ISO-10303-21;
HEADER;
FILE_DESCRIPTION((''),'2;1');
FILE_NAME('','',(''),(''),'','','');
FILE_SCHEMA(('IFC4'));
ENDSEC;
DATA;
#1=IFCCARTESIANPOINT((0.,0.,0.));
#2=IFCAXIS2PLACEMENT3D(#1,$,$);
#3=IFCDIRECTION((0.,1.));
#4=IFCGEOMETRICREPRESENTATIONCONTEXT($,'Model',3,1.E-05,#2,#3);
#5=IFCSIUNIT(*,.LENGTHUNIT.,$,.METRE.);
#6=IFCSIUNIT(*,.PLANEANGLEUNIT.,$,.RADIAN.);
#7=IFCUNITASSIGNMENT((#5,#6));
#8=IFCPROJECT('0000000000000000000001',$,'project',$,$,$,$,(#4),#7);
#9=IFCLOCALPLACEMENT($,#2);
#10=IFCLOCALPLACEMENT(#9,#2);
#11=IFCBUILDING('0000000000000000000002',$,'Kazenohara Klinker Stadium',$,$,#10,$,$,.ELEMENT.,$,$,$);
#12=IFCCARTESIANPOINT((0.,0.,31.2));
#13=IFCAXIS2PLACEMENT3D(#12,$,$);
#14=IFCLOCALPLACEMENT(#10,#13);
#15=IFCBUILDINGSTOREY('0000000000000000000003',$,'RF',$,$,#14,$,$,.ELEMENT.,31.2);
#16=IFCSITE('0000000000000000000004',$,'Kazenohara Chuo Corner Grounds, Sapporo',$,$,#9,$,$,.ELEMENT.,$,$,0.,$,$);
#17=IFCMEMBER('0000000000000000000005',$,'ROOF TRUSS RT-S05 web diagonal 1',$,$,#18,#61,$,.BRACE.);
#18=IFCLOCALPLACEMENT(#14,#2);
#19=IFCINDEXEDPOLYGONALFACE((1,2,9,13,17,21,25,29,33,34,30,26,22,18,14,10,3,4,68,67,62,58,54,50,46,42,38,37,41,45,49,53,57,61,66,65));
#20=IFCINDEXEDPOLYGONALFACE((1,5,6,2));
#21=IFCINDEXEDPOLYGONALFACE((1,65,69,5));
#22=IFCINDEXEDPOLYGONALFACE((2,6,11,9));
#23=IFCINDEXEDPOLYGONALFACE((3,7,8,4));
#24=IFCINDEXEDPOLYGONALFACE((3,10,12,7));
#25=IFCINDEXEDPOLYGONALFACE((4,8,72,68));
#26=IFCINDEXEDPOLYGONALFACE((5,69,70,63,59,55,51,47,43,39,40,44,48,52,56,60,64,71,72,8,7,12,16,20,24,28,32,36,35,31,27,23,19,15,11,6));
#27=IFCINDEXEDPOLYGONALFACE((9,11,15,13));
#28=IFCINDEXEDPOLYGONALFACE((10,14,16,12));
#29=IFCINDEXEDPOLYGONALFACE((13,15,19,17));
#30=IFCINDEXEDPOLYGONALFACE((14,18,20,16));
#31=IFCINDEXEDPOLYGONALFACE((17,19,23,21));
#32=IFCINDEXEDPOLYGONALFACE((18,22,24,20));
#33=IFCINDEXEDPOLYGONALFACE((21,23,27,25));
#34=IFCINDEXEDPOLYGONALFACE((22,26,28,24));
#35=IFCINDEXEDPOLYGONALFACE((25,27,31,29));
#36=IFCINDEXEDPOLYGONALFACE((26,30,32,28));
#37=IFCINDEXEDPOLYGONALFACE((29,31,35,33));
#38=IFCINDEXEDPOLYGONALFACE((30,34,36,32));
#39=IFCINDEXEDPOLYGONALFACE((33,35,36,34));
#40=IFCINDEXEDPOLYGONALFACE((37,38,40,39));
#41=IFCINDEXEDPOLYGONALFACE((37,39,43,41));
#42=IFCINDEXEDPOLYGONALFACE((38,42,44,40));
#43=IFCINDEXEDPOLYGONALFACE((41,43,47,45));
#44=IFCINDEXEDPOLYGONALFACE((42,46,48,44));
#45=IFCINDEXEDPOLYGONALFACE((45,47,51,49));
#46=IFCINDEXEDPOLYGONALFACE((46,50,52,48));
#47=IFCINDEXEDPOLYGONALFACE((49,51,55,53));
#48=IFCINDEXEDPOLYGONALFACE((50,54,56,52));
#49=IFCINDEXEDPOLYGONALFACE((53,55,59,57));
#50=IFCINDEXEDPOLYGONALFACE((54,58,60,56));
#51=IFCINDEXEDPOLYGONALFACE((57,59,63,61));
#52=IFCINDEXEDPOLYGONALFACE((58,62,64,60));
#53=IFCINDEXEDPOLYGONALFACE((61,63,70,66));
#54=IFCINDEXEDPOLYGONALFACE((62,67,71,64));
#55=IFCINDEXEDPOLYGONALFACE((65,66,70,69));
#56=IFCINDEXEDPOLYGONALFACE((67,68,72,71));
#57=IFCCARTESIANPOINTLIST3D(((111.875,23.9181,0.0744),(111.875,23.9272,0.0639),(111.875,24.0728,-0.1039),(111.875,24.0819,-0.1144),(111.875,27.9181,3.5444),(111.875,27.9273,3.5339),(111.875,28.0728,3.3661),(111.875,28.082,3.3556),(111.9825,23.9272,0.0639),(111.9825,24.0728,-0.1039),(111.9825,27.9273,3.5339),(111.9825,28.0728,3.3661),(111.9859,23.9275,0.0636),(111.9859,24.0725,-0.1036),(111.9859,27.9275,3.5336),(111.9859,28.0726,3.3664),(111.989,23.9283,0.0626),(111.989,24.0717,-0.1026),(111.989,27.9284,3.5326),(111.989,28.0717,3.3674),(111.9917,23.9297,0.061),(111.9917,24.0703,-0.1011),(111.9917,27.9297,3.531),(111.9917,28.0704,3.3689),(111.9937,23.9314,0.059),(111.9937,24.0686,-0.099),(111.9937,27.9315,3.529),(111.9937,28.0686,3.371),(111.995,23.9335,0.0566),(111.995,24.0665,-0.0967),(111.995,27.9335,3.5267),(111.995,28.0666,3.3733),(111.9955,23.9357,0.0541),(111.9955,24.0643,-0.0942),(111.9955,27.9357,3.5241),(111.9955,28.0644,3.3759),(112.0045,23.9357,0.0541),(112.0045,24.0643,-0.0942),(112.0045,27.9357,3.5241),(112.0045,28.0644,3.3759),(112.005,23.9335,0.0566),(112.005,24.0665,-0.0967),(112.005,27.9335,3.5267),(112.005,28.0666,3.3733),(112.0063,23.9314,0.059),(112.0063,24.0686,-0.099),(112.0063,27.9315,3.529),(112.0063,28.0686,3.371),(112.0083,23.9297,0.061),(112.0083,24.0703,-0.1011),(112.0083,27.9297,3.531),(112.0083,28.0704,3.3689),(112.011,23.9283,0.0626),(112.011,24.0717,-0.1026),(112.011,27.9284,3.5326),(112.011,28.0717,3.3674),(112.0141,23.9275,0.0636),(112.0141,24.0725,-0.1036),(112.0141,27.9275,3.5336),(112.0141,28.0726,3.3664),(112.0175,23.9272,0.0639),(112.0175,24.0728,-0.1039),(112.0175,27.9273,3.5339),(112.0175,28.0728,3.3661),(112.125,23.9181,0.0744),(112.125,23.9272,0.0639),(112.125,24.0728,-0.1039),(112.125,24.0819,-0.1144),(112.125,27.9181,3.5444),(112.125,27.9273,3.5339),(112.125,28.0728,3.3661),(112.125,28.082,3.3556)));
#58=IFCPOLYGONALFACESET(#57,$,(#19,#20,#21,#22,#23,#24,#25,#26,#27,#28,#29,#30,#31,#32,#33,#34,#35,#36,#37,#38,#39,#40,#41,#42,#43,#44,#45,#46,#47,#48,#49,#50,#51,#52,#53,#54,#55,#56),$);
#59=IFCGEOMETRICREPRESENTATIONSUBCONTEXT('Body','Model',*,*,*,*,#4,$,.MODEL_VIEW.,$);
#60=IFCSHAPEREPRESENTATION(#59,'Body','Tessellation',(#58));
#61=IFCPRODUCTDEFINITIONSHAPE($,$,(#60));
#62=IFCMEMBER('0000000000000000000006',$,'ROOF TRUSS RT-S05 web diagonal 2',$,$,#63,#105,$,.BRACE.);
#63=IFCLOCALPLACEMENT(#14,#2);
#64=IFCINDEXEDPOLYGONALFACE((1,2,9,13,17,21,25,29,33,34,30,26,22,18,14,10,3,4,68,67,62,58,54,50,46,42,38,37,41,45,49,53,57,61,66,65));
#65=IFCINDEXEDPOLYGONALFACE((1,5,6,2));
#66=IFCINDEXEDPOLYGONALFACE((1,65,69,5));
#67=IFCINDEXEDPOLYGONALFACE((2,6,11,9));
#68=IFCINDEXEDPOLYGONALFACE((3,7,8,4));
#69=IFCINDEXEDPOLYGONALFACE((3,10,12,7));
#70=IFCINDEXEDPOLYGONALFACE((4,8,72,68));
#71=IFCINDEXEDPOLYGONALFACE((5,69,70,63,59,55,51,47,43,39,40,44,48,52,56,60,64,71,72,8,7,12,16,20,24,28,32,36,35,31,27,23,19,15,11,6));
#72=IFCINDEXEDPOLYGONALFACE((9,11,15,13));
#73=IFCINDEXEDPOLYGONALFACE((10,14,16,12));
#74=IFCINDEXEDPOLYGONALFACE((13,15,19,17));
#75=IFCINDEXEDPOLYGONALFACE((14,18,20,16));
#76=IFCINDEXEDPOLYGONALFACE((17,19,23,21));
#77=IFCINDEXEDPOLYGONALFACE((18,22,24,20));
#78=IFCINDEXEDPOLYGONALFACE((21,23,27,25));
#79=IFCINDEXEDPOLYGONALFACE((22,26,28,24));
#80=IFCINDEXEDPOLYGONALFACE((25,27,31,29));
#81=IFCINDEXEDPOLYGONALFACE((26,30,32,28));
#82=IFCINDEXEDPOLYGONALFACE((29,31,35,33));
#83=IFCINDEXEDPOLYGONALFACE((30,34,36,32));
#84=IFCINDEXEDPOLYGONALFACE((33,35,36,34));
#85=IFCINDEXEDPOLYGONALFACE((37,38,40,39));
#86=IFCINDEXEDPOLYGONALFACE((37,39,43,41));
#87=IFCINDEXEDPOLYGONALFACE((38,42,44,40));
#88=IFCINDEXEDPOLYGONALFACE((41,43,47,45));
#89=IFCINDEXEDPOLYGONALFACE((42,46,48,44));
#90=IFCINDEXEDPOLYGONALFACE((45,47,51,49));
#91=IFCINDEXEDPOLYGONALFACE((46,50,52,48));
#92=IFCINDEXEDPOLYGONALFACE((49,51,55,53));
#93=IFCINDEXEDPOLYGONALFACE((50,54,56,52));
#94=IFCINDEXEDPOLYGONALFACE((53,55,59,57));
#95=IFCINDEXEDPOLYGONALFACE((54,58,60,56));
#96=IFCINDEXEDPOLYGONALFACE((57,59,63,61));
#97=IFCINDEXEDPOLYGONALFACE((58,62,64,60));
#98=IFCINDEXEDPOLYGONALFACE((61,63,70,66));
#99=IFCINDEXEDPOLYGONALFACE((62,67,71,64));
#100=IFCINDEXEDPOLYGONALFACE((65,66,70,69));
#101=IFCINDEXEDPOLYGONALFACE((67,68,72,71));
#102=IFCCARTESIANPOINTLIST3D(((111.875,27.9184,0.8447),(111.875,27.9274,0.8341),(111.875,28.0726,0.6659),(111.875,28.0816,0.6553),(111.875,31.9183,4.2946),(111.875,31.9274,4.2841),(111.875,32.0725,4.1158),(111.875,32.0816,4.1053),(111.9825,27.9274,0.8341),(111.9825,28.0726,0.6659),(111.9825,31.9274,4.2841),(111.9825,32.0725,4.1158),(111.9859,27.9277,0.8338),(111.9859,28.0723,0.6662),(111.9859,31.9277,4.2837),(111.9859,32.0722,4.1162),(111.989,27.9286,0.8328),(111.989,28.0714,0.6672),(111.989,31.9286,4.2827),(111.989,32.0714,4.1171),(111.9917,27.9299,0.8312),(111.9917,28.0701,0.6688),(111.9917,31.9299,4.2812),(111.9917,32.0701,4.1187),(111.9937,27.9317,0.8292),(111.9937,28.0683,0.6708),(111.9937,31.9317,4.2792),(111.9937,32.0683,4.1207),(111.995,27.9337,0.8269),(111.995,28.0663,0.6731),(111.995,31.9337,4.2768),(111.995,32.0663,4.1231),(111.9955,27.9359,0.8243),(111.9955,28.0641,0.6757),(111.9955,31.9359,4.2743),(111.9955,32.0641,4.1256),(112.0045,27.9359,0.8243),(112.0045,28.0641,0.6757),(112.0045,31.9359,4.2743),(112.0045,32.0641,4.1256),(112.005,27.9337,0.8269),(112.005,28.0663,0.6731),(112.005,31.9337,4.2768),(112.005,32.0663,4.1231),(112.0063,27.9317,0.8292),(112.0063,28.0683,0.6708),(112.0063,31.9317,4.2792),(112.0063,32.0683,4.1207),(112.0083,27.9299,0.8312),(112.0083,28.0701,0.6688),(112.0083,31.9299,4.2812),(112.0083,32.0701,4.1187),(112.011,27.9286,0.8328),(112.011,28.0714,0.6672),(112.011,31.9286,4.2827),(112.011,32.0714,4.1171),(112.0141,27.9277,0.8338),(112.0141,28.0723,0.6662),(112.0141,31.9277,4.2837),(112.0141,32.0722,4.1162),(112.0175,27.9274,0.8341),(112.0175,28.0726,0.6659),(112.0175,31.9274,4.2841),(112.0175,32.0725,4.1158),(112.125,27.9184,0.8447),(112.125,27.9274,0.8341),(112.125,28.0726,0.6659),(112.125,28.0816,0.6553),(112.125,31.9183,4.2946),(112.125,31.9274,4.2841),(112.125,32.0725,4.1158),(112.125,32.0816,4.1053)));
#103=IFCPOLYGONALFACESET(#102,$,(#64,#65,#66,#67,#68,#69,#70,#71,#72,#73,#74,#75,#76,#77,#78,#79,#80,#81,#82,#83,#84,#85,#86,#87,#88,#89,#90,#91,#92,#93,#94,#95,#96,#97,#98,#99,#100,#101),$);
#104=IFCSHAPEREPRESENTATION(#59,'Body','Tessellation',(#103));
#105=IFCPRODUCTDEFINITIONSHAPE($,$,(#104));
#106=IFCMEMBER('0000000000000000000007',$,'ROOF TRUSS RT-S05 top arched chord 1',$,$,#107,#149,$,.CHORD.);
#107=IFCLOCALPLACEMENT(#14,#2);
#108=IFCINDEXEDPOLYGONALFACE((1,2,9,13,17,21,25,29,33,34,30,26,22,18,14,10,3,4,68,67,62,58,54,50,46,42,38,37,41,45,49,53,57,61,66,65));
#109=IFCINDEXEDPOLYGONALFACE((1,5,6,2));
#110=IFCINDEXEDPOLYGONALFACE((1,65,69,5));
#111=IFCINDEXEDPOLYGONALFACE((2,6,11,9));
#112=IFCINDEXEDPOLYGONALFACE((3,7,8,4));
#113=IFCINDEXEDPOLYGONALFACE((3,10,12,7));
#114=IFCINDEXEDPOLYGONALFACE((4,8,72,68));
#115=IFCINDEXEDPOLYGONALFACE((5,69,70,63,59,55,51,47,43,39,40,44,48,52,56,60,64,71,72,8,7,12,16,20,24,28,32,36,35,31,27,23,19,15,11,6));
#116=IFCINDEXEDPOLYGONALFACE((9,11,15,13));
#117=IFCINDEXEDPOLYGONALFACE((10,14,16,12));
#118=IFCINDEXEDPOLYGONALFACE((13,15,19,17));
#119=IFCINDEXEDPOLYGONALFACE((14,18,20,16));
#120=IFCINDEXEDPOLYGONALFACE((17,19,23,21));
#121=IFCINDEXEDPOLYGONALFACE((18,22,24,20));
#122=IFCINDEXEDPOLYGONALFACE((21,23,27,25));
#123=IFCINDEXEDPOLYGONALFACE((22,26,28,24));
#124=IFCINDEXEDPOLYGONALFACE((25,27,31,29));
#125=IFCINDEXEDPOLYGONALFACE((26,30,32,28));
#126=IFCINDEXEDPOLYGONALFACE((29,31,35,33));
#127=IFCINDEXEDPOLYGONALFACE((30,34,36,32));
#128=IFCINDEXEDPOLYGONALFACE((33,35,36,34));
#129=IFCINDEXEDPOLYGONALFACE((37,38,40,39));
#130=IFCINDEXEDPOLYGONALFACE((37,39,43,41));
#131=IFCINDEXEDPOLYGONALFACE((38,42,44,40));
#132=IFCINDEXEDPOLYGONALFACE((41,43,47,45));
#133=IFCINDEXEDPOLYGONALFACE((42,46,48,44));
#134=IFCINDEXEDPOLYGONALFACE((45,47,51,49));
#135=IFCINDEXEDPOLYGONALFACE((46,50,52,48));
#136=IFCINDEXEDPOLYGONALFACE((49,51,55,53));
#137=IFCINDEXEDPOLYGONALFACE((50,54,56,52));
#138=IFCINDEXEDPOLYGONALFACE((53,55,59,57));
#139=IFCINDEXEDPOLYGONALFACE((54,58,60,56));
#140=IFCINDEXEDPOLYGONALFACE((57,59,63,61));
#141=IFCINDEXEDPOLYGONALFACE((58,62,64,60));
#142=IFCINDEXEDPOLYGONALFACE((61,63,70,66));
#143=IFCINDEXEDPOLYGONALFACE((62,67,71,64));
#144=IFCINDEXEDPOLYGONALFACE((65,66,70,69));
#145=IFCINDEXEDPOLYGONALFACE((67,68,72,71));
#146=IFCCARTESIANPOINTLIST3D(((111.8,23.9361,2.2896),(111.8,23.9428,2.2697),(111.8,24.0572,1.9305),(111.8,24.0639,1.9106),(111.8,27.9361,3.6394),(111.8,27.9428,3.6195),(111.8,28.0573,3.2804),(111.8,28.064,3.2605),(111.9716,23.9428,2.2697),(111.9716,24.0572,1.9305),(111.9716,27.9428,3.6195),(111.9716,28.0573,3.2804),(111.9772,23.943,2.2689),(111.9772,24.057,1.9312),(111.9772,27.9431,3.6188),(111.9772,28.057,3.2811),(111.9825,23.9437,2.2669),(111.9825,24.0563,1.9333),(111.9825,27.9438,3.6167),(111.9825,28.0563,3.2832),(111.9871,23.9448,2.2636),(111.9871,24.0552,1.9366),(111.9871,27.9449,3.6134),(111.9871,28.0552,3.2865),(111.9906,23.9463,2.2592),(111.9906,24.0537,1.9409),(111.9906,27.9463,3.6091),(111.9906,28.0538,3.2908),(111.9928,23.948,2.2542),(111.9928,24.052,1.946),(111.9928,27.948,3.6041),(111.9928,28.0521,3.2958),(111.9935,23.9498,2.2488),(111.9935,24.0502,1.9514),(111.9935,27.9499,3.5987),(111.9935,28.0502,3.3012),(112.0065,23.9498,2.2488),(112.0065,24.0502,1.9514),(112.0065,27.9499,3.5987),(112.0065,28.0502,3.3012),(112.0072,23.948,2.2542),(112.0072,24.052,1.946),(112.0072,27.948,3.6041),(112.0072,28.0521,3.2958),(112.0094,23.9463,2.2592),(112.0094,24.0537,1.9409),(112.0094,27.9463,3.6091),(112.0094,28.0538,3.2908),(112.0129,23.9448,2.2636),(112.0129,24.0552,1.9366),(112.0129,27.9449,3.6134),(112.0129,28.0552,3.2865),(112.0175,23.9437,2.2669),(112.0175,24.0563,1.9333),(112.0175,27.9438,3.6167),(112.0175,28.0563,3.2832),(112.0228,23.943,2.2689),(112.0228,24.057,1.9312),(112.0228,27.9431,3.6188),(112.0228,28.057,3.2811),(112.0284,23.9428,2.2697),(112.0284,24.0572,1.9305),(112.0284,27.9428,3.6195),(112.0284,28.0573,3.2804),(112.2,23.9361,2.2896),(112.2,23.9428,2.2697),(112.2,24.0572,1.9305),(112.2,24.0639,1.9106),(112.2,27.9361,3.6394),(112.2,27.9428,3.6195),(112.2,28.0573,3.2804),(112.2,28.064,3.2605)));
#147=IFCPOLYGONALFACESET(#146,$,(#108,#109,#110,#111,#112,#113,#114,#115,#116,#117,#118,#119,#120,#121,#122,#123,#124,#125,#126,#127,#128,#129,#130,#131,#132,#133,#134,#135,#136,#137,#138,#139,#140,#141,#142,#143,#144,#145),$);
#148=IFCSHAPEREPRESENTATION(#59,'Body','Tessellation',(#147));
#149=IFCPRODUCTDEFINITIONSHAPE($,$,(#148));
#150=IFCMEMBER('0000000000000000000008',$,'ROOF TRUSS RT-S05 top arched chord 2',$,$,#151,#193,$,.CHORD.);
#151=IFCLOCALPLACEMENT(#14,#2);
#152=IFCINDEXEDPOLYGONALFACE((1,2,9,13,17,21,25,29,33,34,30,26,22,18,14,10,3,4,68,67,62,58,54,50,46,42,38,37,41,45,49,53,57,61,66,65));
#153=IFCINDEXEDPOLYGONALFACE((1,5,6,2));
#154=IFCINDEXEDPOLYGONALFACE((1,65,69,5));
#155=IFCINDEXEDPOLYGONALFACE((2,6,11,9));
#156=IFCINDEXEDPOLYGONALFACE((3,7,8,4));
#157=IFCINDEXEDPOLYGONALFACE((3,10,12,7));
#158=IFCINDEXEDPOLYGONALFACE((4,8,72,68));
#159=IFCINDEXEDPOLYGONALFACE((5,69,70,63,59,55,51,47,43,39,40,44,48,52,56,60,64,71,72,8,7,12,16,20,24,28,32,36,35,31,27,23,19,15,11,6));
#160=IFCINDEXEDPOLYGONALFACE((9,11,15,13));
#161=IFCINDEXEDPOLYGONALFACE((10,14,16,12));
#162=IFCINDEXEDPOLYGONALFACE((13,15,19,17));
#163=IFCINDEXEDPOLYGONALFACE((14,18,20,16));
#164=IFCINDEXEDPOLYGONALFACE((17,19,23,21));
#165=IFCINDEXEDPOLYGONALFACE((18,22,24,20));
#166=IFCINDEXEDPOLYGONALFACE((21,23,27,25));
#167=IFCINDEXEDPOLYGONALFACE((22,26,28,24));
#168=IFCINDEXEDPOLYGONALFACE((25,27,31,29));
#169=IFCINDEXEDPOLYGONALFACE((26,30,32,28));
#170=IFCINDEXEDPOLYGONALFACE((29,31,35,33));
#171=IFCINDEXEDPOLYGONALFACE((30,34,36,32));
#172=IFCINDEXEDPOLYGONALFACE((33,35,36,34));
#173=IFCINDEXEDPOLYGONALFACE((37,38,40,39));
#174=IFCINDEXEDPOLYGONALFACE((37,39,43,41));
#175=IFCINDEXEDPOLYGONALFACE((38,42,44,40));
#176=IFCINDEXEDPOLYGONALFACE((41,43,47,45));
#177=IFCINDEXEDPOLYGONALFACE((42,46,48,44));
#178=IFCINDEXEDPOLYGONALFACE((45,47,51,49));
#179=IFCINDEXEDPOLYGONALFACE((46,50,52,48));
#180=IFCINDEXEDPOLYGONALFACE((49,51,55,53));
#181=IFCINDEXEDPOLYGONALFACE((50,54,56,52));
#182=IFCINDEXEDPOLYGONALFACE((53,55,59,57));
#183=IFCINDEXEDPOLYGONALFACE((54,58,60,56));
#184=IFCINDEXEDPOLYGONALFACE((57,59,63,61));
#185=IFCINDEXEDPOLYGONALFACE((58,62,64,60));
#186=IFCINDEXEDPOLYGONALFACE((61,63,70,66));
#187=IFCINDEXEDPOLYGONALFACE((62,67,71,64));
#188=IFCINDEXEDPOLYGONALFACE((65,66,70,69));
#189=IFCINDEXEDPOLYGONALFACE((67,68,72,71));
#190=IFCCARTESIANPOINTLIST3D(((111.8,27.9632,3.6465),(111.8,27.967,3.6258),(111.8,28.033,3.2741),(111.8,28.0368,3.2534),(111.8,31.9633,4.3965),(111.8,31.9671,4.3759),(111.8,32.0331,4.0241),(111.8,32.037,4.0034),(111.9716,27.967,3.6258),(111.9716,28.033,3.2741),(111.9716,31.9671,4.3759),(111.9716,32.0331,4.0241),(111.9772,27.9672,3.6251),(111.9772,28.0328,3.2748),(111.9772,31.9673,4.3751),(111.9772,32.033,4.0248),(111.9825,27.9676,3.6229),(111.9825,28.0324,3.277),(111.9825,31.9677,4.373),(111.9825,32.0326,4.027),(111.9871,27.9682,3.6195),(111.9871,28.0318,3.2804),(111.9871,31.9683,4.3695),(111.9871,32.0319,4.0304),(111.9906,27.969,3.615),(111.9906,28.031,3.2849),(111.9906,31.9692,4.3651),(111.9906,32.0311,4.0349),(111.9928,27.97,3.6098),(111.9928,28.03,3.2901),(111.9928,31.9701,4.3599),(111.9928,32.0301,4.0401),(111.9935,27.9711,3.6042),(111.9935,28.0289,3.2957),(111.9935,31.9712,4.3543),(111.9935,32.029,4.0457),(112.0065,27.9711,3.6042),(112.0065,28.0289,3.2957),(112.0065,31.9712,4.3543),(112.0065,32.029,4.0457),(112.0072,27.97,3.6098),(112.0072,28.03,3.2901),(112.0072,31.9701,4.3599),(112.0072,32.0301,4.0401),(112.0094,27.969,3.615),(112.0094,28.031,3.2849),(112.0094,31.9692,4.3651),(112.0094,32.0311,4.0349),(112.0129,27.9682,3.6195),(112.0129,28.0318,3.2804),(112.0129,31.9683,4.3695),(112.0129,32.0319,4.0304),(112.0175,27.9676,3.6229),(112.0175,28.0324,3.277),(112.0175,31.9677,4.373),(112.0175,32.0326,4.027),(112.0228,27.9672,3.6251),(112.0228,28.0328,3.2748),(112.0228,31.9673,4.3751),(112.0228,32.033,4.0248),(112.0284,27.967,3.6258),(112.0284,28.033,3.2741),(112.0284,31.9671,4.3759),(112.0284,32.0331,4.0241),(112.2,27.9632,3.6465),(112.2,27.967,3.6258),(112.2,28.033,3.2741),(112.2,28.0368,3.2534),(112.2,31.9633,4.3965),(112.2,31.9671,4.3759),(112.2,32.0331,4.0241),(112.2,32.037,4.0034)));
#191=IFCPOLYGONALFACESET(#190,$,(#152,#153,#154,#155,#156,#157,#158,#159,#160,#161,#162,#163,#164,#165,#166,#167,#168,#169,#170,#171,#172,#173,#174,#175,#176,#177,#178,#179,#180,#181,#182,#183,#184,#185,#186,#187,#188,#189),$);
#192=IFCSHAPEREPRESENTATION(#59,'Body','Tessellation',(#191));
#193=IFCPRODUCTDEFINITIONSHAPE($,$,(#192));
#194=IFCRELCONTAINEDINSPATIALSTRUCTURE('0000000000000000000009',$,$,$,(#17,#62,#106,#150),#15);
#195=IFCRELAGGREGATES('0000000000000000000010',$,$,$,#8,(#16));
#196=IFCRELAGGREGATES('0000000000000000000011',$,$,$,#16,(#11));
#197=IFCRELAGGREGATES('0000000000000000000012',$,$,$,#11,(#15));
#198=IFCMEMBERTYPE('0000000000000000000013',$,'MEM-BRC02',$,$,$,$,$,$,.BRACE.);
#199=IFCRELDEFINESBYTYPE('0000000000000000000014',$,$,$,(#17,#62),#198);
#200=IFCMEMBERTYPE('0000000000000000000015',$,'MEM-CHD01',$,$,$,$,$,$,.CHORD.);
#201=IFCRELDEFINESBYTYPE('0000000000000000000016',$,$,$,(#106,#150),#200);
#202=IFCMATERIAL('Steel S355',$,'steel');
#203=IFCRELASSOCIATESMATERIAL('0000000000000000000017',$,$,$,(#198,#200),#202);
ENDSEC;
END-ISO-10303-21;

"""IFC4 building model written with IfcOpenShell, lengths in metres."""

from ifc_helpers import new_model, si_unit, direction, frame, origin, origin_2d, place, context, subcontext, project, spatial, i_section, extrude, material, material_profile, profile_set, type_object, element, save


model = new_model("IFC4")

# Units and contexts
model_context = context("Model", 3, precision=1e-05, world=origin(), true_north=direction((0.0, 1.0)))
body_context = subcontext(model_context, "Body", "Model", "MODEL_VIEW")
ifc_project = project(units=[si_unit("LENGTHUNIT", "METRE"), si_unit("PLANEANGLEUNIT", "RADIAN")], contexts=[model_context])

# Site, building, storey
site_placement = place(None, origin())
site = spatial("IfcSite", under=ifc_project, at=site_placement, Name="Kazenohara Chuo Corner Grounds, Sapporo", CompositionType="ELEMENT", RefElevation=0.0)
building_placement = place(site_placement, origin())
building = spatial("IfcBuilding", under=site, at=building_placement, Name="Kazenohara Klinker Stadium", CompositionType="ELEMENT")
storey_placement = place(building_placement, frame((0.0, 0.0, 31.2)))
storey = spatial("IfcBuildingStorey", under=building, at=storey_placement, Name="RF", CompositionType="ELEMENT", Elevation=31.2)

# Members
ifc_material_1 = material(Name="Steel S355", Category="steel")
ifc_material_profile_1 = material_profile(ifc_material_1, i_section(OverallWidth=0.25, OverallDepth=0.25, WebThickness=0.009, FlangeThickness=0.0139, FilletRadius=0.0129, at=origin_2d()), Name="H-250x250x9x14")
ifc_profile_set_1 = profile_set([ifc_material_profile_1], Name="Steel S355")
member_type_1 = type_object("IfcMemberType", Name="MEM-BRC02", PredefinedType="BRACE", material=ifc_profile_set_1)
member_1_placement = place(storey_placement, frame((112.0, 24.0, -0.02), z_axis=(0.0, 0.75538, 0.655287), x_axis=(-1.0, 0.0, 0.0)))
element("IfcMember", 1, at=member_1_placement, inside=storey, type_object=member_type_1, Name="ROOF TRUSS RT-S05 web diagonal 1", PredefinedType="BRACE", context=body_context, shape_type="SweptSolid", body=[
    extrude(i_section(OverallWidth=0.25, OverallDepth=0.25, WebThickness=0.009, FlangeThickness=0.0139, FilletRadius=0.0129, at=origin_2d()), origin(), (0.0, 0.0, 1.0), 5.2954),
])
member_2_placement = place(storey_placement, frame((112.0, 28.0, 0.75), z_axis=(0.0, 0.757253, 0.653122), x_axis=(-1.0, 0.0, 0.0)))
element("IfcMember", 2, at=member_2_placement, inside=storey, type_object=member_type_1, Name="ROOF TRUSS RT-S05 web diagonal 2", PredefinedType="BRACE", context=body_context, shape_type="SweptSolid", body=[
    extrude(i_section(OverallWidth=0.25, OverallDepth=0.25, WebThickness=0.009, FlangeThickness=0.0139, FilletRadius=0.0129, at=origin_2d()), origin(), (0.0, 0.0, 1.0), 5.2822),
])
ifc_material_profile_2 = material_profile(ifc_material_1, i_section(OverallWidth=0.3999, OverallDepth=0.3999, WebThickness=0.0129, FlangeThickness=0.021, FilletRadius=0.022, at=origin_2d()), Name="H-400x400x13x21")
ifc_profile_set_2 = profile_set([ifc_material_profile_2], Name="Steel S355")
member_type_2 = type_object("IfcMemberType", Name="MEM-CHD01", PredefinedType="CHORD", material=ifc_profile_set_2)
member_3_placement = place(storey_placement, frame((112.0, 24.0, 2.1001), z_axis=(0.0, 0.947503, 0.319747), x_axis=(-1.0, 0.0, 0.0)))
element("IfcMember", 3, at=member_3_placement, inside=storey, type_object=member_type_2, Name="ROOF TRUSS RT-S05 top arched chord 1", PredefinedType="CHORD", context=body_context, shape_type="SweptSolid", body=[
    extrude(i_section(OverallWidth=0.3999, OverallDepth=0.3999, WebThickness=0.0129, FlangeThickness=0.021, FilletRadius=0.022, at=origin_2d()), origin(), (0.0, 0.0, 1.0), 4.2217),
])
member_4_placement = place(storey_placement, frame((112.0, 28.0, 3.45), z_axis=(0.0, 0.982872, 0.184289), x_axis=(-1.0, 0.0, 0.0)))
element("IfcMember", 4, at=member_4_placement, inside=storey, type_object=member_type_2, Name="ROOF TRUSS RT-S05 top arched chord 2", PredefinedType="CHORD", context=body_context, shape_type="SweptSolid", body=[
    extrude(i_section(OverallWidth=0.3999, OverallDepth=0.3999, WebThickness=0.0129, FlangeThickness=0.021, FilletRadius=0.022, at=origin_2d()), origin(), (0.0, 0.0, 1.0), 4.0698),
])

save(model, "model.ifc")
